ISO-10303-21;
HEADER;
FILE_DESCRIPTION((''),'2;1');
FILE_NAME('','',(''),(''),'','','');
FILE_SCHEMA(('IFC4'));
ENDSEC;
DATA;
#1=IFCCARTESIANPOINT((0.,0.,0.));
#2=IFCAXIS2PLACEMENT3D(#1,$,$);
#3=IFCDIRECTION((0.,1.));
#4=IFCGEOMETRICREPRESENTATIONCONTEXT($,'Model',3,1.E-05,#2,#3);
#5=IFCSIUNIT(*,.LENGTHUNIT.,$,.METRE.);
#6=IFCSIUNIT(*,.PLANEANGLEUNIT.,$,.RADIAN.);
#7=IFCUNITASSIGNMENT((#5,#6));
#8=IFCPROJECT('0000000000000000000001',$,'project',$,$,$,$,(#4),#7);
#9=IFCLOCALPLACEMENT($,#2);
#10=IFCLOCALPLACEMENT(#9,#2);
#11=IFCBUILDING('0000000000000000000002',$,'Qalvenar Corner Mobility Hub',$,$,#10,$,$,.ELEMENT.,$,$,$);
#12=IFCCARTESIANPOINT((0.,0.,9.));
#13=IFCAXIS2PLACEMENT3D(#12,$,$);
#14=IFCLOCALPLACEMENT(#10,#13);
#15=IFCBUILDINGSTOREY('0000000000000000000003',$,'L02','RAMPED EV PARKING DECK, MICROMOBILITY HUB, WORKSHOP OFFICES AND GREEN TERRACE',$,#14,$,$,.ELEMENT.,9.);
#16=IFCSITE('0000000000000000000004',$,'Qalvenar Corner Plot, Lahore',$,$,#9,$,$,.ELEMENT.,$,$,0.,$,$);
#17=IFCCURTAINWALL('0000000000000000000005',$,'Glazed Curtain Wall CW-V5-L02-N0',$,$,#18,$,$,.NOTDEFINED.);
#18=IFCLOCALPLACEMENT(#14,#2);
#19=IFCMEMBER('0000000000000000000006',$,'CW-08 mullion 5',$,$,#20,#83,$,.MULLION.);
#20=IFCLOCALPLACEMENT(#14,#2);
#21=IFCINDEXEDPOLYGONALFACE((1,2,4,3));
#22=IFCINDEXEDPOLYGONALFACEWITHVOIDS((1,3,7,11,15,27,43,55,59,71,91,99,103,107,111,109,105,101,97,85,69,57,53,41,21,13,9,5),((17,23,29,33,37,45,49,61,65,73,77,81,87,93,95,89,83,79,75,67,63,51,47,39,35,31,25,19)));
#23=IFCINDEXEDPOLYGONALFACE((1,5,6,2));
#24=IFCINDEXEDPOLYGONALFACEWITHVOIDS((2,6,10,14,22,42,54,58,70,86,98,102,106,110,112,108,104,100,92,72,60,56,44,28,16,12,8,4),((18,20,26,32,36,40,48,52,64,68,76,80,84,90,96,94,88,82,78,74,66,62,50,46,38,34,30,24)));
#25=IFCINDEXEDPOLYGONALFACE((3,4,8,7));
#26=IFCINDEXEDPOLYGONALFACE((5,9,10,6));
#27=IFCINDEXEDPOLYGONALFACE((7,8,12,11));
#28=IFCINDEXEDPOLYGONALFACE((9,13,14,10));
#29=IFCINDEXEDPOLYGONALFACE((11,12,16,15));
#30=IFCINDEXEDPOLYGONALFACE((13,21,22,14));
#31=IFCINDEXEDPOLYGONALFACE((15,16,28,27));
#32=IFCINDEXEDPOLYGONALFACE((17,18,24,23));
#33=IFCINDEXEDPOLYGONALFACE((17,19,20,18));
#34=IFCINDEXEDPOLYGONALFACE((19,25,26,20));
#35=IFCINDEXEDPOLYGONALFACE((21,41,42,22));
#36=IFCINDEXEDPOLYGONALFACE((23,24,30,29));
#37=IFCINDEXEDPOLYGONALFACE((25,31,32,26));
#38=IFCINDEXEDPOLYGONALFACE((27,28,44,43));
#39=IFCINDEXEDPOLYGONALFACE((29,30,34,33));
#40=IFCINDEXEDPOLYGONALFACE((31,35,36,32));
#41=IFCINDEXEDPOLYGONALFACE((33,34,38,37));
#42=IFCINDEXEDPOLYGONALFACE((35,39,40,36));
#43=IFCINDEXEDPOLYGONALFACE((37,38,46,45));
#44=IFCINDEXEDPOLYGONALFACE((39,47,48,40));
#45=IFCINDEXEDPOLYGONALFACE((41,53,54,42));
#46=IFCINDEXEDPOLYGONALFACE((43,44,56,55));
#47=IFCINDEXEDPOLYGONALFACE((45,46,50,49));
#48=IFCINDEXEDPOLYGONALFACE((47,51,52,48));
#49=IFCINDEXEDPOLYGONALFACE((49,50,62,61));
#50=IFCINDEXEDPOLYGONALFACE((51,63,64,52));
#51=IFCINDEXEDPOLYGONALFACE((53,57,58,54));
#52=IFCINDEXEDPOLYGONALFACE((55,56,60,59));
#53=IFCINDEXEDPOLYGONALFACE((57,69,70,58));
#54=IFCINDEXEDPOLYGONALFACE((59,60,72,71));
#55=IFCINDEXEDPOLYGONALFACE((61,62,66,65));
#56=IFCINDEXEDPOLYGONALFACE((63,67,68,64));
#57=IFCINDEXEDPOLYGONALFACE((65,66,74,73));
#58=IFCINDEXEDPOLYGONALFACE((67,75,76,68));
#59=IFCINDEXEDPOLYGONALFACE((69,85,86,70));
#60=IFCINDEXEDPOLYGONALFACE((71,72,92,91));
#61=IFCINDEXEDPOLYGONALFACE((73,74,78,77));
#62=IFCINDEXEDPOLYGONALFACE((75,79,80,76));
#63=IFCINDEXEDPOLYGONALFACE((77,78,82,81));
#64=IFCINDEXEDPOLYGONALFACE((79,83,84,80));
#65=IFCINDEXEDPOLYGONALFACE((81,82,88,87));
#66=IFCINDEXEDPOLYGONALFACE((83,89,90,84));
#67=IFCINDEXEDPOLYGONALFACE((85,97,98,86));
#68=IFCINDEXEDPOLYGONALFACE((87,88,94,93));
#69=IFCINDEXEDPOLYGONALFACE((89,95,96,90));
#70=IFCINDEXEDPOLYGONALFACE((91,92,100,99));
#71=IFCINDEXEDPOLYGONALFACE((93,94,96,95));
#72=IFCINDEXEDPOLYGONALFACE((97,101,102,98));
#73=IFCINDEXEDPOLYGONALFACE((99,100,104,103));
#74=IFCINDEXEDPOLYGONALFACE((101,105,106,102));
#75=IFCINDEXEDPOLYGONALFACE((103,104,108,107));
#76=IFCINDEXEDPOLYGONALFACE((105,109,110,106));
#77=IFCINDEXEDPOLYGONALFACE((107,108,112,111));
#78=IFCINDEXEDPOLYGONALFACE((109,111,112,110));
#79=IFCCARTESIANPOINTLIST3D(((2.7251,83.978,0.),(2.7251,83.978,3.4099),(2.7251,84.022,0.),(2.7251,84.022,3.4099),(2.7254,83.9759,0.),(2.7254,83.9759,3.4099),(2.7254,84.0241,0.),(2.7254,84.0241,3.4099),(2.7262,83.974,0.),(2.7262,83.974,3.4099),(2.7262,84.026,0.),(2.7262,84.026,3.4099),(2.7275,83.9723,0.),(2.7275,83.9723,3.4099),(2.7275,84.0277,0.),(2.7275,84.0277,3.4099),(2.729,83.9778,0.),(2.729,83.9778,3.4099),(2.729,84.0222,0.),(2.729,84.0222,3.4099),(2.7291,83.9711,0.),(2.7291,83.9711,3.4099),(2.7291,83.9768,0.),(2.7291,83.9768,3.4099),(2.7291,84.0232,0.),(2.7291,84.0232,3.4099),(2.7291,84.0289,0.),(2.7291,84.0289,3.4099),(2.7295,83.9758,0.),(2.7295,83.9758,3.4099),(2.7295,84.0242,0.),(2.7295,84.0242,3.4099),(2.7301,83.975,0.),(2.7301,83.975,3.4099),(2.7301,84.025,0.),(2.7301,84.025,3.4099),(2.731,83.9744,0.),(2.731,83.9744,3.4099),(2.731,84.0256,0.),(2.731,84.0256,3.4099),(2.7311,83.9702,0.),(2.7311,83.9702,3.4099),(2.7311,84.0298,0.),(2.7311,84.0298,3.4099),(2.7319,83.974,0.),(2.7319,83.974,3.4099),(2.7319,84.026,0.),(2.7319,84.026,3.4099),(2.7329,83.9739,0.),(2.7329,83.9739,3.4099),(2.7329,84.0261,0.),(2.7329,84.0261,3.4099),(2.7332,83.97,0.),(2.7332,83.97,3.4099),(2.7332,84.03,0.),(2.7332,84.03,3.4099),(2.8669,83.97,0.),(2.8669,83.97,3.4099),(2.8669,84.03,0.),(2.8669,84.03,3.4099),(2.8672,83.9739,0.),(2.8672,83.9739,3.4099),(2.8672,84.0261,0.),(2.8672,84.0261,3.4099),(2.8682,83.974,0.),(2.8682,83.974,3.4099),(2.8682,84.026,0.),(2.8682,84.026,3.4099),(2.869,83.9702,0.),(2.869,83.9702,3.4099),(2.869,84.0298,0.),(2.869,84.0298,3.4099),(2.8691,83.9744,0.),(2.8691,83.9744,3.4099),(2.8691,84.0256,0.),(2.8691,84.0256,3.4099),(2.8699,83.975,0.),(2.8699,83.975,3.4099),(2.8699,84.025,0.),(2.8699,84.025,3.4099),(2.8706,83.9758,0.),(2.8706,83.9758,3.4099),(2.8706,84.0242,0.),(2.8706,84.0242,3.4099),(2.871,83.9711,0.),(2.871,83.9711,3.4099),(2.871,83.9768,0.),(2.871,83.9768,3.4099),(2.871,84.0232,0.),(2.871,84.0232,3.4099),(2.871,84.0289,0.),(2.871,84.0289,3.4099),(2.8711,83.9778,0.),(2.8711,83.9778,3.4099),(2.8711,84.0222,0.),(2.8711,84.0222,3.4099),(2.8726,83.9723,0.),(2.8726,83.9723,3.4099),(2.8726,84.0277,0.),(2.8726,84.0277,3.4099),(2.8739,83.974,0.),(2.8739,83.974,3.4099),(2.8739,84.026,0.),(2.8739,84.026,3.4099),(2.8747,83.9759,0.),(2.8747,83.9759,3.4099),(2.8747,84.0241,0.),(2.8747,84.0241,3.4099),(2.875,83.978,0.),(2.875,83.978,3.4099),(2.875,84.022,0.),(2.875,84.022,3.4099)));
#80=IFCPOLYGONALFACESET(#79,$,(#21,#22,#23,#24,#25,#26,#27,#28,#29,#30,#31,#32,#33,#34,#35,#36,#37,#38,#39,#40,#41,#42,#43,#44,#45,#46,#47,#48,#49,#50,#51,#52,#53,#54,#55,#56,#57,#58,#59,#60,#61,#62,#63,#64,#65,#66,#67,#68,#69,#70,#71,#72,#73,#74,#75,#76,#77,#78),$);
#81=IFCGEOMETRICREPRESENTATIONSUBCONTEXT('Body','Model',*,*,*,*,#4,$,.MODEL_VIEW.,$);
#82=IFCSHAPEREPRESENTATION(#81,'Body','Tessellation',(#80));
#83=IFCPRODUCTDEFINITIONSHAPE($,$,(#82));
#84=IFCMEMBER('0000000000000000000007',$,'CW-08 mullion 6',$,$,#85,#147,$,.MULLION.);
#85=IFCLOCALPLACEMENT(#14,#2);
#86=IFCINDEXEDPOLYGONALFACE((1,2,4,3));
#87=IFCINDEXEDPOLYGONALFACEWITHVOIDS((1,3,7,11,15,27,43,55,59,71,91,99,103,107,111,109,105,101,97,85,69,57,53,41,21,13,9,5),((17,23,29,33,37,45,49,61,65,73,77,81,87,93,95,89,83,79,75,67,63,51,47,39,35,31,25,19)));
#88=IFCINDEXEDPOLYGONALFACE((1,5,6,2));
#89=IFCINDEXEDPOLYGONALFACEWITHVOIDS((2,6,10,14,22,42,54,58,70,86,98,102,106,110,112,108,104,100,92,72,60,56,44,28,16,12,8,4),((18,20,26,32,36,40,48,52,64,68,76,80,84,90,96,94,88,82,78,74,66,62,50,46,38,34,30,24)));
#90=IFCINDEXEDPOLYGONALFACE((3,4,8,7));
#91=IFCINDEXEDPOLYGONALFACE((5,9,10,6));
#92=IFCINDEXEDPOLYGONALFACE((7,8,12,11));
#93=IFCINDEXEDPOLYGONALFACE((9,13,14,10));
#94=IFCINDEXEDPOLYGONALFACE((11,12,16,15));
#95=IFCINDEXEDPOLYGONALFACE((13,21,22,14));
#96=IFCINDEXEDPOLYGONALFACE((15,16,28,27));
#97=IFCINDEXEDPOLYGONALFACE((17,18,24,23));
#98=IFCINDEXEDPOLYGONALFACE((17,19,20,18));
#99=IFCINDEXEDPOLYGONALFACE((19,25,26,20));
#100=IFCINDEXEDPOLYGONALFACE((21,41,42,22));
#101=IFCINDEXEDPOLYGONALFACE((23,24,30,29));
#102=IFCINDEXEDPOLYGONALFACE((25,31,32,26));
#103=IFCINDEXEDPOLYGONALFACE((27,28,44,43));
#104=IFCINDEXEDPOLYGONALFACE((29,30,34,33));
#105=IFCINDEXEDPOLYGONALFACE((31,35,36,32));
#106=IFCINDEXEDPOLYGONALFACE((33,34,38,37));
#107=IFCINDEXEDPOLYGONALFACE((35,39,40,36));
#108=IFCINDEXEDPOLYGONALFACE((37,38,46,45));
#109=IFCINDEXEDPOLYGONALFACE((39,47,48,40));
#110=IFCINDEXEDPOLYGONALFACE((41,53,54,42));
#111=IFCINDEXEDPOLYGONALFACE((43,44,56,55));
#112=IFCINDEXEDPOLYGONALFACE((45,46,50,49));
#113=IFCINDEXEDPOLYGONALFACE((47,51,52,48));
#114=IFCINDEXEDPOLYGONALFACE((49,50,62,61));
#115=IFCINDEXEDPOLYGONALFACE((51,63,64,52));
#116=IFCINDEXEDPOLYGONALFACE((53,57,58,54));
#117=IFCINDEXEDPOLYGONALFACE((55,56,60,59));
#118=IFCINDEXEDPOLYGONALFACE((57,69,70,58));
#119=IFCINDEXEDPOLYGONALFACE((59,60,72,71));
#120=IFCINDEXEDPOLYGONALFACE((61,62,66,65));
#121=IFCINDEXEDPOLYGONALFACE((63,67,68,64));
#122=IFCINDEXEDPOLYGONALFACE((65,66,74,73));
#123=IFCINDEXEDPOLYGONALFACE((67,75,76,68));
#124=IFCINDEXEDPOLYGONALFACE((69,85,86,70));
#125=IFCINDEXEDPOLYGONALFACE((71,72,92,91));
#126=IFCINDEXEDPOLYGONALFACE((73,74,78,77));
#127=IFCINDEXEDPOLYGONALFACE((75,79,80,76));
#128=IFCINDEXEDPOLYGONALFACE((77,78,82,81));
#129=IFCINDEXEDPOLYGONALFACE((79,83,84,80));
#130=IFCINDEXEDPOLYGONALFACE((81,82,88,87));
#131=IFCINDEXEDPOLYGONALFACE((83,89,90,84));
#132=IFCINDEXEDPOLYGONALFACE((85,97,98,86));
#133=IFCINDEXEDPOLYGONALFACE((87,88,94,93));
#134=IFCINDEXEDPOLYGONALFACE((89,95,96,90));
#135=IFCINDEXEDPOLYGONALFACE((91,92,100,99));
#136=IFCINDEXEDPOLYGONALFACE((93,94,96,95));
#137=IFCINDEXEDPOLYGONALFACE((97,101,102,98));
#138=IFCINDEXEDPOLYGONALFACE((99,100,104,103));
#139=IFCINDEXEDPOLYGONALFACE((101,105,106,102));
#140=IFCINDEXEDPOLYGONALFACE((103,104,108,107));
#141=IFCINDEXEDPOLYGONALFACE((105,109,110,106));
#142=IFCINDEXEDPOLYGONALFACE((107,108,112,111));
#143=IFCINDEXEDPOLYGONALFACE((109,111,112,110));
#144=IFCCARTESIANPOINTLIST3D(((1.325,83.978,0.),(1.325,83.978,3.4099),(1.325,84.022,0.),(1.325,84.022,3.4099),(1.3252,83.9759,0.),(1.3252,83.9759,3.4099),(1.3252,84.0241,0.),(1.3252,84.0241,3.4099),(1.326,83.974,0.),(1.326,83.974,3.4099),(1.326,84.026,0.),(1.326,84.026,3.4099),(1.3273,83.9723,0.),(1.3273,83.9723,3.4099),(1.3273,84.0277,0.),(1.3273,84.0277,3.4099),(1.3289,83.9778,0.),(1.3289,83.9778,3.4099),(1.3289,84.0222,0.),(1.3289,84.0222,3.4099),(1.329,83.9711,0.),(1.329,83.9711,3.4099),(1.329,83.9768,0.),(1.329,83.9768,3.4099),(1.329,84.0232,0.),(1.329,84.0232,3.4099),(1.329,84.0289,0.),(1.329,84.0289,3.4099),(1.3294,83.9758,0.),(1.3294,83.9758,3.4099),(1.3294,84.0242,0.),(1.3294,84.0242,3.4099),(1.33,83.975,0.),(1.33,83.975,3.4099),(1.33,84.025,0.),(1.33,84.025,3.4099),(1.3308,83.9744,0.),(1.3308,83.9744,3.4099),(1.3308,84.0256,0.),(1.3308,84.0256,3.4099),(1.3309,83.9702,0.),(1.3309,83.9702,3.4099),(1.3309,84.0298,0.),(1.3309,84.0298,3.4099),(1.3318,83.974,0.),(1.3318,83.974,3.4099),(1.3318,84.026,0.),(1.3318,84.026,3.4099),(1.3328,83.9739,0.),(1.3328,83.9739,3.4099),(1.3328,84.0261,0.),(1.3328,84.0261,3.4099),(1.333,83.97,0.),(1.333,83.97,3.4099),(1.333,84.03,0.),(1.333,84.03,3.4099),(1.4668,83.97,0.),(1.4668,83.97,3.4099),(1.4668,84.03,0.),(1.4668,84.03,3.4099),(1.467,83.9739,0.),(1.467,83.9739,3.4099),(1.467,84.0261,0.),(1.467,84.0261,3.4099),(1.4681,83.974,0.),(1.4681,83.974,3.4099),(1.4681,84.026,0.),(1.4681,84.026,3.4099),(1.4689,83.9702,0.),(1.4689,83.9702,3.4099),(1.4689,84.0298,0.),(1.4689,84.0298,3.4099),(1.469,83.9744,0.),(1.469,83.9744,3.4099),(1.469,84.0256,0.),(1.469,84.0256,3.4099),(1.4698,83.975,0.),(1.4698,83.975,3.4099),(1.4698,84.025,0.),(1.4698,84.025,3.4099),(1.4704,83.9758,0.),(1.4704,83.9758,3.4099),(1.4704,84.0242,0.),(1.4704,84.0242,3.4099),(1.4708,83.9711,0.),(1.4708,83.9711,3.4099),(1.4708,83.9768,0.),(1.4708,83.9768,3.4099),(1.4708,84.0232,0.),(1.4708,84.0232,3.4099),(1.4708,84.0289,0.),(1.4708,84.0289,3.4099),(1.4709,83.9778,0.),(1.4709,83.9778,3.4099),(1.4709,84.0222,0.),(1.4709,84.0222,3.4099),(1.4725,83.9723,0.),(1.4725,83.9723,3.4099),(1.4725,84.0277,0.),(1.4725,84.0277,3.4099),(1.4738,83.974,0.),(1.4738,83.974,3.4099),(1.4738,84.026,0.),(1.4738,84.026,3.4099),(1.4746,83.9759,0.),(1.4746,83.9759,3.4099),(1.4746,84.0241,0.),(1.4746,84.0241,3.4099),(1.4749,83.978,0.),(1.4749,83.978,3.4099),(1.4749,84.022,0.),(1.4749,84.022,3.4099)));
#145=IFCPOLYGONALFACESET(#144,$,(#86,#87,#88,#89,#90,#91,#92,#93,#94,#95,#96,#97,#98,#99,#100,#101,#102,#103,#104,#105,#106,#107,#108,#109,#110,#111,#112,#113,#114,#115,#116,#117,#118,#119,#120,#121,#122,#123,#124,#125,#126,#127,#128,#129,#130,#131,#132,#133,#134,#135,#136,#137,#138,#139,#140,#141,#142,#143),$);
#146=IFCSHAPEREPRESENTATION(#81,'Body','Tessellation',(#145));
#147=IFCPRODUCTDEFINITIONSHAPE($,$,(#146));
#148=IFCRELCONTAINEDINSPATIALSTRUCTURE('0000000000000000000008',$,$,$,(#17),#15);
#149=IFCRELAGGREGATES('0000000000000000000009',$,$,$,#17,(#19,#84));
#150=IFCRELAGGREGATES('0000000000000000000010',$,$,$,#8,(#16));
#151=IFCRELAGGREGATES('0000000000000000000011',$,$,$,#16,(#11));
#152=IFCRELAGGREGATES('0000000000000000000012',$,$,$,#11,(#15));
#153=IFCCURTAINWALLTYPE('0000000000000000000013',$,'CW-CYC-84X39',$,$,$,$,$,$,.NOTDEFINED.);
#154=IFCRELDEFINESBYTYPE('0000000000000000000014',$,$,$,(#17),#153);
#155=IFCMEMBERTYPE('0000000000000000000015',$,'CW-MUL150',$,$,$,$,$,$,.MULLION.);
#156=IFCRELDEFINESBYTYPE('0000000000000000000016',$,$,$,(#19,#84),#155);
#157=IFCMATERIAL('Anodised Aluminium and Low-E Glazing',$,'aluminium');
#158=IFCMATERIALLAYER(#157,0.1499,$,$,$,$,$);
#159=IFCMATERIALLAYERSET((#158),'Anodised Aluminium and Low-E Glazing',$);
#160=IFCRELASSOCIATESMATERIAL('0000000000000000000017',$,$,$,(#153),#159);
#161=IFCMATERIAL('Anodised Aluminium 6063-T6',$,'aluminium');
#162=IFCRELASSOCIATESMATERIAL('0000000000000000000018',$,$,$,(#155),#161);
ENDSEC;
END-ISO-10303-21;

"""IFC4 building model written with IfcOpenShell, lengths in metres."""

from ifc_helpers import new_model, si_unit, direction, frame, origin, origin_2d, place, context, subcontext, project, spatial, hollow_rectangle, extrude, material, layer, layer_set, material_profile, profile_set, type_object, element, aggregate, save


model = new_model("IFC4")

# Units and contexts
model_context = context("Model", 3, precision=1e-05, world=origin(), true_north=direction((0.0, 1.0)))
body_context = subcontext(model_context, "Body", "Model", "MODEL_VIEW")
ifc_project = project(units=[si_unit("LENGTHUNIT", "METRE"), si_unit("PLANEANGLEUNIT", "RADIAN")], contexts=[model_context])

# Site, building, storey
site_placement = place(None, origin())
site = spatial("IfcSite", under=ifc_project, at=site_placement, Name="Qalvenar Corner Plot, Lahore", CompositionType="ELEMENT", RefElevation=0.0)
building_placement = place(site_placement, origin())
building = spatial("IfcBuilding", under=site, at=building_placement, Name="Qalvenar Corner Mobility Hub", CompositionType="ELEMENT")
storey_placement = place(building_placement, frame((0.0, 0.0, 9.0)))
storey = spatial("IfcBuildingStorey", under=building, at=storey_placement, Name="L02", Description="RAMPED EV PARKING DECK, MICROMOBILITY HUB, WORKSHOP OFFICES AND GREEN TERRACE", CompositionType="ELEMENT", Elevation=9.0)

# Shared definitions
ifc_material_1 = material(Name="Anodised Aluminium and Low-E Glazing", Category="aluminium")
ifc_layer_1 = layer(ifc_material_1, 0.1499)
ifc_layer_set_1 = layer_set([ifc_layer_1], Name="Anodised Aluminium and Low-E Glazing")
curtain_wall_type = type_object("IfcCurtainWallType", Name="CW-CYC-84X39", PredefinedType="NOTDEFINED", material=ifc_layer_set_1)
ifc_material_2 = material(Name="Anodised Aluminium 6063-T6", Category="aluminium")
ifc_material_profile_1 = material_profile(ifc_material_2, hollow_rectangle(XDim=0.0601, YDim=0.1499, WallThickness=0.0039, InnerFilletRadius=0.0039, OuterFilletRadius=0.0081, at=origin_2d()), Name="RHS150x60x4")
ifc_profile_set_1 = profile_set([ifc_material_profile_1], Name="Anodised Aluminium 6063-T6")
member_type_1 = type_object("IfcMemberType", Name="CW-MUL150", PredefinedType="MULLION", material=ifc_profile_set_1)

# Curtain wall, members
curtain_wall_1_placement = place(storey_placement, origin())
curtain_wall_1 = element("IfcCurtainWall", 1, at=curtain_wall_1_placement, inside=storey, type_object=curtain_wall_type, Name="Glazed Curtain Wall CW-V5-L02-N0", PredefinedType="NOTDEFINED")
member_1_placement = place(storey_placement, frame((2.8, 84.0, 0.0), z_axis=(0.0, 0.0, 1.0), x_axis=(0.0, -1.0, 0.0)))
member_1 = element("IfcMember", 2, at=member_1_placement, type_object=member_type_1, Name="CW-08 mullion 5", PredefinedType="MULLION", context=body_context, shape_type="SweptSolid", body=[
    extrude(hollow_rectangle(XDim=0.0601, YDim=0.1499, WallThickness=0.0039, InnerFilletRadius=0.0039, OuterFilletRadius=0.0081, at=origin_2d()), origin(), (0.0, 0.0, 1.0), 3.4099),
])
member_2_placement = place(storey_placement, frame((1.3999, 84.0, 0.0), z_axis=(0.0, 0.0, 1.0), x_axis=(0.0, -1.0, 0.0)))
member_2 = element("IfcMember", 3, at=member_2_placement, type_object=member_type_1, Name="CW-08 mullion 6", PredefinedType="MULLION", context=body_context, shape_type="SweptSolid", body=[
    extrude(hollow_rectangle(XDim=0.0601, YDim=0.1499, WallThickness=0.0039, InnerFilletRadius=0.0039, OuterFilletRadius=0.0081, at=origin_2d()), origin(), (0.0, 0.0, 1.0), 3.4099),
])

aggregate(curtain_wall_1, [member_1, member_2])

save(model, "model.ifc")
